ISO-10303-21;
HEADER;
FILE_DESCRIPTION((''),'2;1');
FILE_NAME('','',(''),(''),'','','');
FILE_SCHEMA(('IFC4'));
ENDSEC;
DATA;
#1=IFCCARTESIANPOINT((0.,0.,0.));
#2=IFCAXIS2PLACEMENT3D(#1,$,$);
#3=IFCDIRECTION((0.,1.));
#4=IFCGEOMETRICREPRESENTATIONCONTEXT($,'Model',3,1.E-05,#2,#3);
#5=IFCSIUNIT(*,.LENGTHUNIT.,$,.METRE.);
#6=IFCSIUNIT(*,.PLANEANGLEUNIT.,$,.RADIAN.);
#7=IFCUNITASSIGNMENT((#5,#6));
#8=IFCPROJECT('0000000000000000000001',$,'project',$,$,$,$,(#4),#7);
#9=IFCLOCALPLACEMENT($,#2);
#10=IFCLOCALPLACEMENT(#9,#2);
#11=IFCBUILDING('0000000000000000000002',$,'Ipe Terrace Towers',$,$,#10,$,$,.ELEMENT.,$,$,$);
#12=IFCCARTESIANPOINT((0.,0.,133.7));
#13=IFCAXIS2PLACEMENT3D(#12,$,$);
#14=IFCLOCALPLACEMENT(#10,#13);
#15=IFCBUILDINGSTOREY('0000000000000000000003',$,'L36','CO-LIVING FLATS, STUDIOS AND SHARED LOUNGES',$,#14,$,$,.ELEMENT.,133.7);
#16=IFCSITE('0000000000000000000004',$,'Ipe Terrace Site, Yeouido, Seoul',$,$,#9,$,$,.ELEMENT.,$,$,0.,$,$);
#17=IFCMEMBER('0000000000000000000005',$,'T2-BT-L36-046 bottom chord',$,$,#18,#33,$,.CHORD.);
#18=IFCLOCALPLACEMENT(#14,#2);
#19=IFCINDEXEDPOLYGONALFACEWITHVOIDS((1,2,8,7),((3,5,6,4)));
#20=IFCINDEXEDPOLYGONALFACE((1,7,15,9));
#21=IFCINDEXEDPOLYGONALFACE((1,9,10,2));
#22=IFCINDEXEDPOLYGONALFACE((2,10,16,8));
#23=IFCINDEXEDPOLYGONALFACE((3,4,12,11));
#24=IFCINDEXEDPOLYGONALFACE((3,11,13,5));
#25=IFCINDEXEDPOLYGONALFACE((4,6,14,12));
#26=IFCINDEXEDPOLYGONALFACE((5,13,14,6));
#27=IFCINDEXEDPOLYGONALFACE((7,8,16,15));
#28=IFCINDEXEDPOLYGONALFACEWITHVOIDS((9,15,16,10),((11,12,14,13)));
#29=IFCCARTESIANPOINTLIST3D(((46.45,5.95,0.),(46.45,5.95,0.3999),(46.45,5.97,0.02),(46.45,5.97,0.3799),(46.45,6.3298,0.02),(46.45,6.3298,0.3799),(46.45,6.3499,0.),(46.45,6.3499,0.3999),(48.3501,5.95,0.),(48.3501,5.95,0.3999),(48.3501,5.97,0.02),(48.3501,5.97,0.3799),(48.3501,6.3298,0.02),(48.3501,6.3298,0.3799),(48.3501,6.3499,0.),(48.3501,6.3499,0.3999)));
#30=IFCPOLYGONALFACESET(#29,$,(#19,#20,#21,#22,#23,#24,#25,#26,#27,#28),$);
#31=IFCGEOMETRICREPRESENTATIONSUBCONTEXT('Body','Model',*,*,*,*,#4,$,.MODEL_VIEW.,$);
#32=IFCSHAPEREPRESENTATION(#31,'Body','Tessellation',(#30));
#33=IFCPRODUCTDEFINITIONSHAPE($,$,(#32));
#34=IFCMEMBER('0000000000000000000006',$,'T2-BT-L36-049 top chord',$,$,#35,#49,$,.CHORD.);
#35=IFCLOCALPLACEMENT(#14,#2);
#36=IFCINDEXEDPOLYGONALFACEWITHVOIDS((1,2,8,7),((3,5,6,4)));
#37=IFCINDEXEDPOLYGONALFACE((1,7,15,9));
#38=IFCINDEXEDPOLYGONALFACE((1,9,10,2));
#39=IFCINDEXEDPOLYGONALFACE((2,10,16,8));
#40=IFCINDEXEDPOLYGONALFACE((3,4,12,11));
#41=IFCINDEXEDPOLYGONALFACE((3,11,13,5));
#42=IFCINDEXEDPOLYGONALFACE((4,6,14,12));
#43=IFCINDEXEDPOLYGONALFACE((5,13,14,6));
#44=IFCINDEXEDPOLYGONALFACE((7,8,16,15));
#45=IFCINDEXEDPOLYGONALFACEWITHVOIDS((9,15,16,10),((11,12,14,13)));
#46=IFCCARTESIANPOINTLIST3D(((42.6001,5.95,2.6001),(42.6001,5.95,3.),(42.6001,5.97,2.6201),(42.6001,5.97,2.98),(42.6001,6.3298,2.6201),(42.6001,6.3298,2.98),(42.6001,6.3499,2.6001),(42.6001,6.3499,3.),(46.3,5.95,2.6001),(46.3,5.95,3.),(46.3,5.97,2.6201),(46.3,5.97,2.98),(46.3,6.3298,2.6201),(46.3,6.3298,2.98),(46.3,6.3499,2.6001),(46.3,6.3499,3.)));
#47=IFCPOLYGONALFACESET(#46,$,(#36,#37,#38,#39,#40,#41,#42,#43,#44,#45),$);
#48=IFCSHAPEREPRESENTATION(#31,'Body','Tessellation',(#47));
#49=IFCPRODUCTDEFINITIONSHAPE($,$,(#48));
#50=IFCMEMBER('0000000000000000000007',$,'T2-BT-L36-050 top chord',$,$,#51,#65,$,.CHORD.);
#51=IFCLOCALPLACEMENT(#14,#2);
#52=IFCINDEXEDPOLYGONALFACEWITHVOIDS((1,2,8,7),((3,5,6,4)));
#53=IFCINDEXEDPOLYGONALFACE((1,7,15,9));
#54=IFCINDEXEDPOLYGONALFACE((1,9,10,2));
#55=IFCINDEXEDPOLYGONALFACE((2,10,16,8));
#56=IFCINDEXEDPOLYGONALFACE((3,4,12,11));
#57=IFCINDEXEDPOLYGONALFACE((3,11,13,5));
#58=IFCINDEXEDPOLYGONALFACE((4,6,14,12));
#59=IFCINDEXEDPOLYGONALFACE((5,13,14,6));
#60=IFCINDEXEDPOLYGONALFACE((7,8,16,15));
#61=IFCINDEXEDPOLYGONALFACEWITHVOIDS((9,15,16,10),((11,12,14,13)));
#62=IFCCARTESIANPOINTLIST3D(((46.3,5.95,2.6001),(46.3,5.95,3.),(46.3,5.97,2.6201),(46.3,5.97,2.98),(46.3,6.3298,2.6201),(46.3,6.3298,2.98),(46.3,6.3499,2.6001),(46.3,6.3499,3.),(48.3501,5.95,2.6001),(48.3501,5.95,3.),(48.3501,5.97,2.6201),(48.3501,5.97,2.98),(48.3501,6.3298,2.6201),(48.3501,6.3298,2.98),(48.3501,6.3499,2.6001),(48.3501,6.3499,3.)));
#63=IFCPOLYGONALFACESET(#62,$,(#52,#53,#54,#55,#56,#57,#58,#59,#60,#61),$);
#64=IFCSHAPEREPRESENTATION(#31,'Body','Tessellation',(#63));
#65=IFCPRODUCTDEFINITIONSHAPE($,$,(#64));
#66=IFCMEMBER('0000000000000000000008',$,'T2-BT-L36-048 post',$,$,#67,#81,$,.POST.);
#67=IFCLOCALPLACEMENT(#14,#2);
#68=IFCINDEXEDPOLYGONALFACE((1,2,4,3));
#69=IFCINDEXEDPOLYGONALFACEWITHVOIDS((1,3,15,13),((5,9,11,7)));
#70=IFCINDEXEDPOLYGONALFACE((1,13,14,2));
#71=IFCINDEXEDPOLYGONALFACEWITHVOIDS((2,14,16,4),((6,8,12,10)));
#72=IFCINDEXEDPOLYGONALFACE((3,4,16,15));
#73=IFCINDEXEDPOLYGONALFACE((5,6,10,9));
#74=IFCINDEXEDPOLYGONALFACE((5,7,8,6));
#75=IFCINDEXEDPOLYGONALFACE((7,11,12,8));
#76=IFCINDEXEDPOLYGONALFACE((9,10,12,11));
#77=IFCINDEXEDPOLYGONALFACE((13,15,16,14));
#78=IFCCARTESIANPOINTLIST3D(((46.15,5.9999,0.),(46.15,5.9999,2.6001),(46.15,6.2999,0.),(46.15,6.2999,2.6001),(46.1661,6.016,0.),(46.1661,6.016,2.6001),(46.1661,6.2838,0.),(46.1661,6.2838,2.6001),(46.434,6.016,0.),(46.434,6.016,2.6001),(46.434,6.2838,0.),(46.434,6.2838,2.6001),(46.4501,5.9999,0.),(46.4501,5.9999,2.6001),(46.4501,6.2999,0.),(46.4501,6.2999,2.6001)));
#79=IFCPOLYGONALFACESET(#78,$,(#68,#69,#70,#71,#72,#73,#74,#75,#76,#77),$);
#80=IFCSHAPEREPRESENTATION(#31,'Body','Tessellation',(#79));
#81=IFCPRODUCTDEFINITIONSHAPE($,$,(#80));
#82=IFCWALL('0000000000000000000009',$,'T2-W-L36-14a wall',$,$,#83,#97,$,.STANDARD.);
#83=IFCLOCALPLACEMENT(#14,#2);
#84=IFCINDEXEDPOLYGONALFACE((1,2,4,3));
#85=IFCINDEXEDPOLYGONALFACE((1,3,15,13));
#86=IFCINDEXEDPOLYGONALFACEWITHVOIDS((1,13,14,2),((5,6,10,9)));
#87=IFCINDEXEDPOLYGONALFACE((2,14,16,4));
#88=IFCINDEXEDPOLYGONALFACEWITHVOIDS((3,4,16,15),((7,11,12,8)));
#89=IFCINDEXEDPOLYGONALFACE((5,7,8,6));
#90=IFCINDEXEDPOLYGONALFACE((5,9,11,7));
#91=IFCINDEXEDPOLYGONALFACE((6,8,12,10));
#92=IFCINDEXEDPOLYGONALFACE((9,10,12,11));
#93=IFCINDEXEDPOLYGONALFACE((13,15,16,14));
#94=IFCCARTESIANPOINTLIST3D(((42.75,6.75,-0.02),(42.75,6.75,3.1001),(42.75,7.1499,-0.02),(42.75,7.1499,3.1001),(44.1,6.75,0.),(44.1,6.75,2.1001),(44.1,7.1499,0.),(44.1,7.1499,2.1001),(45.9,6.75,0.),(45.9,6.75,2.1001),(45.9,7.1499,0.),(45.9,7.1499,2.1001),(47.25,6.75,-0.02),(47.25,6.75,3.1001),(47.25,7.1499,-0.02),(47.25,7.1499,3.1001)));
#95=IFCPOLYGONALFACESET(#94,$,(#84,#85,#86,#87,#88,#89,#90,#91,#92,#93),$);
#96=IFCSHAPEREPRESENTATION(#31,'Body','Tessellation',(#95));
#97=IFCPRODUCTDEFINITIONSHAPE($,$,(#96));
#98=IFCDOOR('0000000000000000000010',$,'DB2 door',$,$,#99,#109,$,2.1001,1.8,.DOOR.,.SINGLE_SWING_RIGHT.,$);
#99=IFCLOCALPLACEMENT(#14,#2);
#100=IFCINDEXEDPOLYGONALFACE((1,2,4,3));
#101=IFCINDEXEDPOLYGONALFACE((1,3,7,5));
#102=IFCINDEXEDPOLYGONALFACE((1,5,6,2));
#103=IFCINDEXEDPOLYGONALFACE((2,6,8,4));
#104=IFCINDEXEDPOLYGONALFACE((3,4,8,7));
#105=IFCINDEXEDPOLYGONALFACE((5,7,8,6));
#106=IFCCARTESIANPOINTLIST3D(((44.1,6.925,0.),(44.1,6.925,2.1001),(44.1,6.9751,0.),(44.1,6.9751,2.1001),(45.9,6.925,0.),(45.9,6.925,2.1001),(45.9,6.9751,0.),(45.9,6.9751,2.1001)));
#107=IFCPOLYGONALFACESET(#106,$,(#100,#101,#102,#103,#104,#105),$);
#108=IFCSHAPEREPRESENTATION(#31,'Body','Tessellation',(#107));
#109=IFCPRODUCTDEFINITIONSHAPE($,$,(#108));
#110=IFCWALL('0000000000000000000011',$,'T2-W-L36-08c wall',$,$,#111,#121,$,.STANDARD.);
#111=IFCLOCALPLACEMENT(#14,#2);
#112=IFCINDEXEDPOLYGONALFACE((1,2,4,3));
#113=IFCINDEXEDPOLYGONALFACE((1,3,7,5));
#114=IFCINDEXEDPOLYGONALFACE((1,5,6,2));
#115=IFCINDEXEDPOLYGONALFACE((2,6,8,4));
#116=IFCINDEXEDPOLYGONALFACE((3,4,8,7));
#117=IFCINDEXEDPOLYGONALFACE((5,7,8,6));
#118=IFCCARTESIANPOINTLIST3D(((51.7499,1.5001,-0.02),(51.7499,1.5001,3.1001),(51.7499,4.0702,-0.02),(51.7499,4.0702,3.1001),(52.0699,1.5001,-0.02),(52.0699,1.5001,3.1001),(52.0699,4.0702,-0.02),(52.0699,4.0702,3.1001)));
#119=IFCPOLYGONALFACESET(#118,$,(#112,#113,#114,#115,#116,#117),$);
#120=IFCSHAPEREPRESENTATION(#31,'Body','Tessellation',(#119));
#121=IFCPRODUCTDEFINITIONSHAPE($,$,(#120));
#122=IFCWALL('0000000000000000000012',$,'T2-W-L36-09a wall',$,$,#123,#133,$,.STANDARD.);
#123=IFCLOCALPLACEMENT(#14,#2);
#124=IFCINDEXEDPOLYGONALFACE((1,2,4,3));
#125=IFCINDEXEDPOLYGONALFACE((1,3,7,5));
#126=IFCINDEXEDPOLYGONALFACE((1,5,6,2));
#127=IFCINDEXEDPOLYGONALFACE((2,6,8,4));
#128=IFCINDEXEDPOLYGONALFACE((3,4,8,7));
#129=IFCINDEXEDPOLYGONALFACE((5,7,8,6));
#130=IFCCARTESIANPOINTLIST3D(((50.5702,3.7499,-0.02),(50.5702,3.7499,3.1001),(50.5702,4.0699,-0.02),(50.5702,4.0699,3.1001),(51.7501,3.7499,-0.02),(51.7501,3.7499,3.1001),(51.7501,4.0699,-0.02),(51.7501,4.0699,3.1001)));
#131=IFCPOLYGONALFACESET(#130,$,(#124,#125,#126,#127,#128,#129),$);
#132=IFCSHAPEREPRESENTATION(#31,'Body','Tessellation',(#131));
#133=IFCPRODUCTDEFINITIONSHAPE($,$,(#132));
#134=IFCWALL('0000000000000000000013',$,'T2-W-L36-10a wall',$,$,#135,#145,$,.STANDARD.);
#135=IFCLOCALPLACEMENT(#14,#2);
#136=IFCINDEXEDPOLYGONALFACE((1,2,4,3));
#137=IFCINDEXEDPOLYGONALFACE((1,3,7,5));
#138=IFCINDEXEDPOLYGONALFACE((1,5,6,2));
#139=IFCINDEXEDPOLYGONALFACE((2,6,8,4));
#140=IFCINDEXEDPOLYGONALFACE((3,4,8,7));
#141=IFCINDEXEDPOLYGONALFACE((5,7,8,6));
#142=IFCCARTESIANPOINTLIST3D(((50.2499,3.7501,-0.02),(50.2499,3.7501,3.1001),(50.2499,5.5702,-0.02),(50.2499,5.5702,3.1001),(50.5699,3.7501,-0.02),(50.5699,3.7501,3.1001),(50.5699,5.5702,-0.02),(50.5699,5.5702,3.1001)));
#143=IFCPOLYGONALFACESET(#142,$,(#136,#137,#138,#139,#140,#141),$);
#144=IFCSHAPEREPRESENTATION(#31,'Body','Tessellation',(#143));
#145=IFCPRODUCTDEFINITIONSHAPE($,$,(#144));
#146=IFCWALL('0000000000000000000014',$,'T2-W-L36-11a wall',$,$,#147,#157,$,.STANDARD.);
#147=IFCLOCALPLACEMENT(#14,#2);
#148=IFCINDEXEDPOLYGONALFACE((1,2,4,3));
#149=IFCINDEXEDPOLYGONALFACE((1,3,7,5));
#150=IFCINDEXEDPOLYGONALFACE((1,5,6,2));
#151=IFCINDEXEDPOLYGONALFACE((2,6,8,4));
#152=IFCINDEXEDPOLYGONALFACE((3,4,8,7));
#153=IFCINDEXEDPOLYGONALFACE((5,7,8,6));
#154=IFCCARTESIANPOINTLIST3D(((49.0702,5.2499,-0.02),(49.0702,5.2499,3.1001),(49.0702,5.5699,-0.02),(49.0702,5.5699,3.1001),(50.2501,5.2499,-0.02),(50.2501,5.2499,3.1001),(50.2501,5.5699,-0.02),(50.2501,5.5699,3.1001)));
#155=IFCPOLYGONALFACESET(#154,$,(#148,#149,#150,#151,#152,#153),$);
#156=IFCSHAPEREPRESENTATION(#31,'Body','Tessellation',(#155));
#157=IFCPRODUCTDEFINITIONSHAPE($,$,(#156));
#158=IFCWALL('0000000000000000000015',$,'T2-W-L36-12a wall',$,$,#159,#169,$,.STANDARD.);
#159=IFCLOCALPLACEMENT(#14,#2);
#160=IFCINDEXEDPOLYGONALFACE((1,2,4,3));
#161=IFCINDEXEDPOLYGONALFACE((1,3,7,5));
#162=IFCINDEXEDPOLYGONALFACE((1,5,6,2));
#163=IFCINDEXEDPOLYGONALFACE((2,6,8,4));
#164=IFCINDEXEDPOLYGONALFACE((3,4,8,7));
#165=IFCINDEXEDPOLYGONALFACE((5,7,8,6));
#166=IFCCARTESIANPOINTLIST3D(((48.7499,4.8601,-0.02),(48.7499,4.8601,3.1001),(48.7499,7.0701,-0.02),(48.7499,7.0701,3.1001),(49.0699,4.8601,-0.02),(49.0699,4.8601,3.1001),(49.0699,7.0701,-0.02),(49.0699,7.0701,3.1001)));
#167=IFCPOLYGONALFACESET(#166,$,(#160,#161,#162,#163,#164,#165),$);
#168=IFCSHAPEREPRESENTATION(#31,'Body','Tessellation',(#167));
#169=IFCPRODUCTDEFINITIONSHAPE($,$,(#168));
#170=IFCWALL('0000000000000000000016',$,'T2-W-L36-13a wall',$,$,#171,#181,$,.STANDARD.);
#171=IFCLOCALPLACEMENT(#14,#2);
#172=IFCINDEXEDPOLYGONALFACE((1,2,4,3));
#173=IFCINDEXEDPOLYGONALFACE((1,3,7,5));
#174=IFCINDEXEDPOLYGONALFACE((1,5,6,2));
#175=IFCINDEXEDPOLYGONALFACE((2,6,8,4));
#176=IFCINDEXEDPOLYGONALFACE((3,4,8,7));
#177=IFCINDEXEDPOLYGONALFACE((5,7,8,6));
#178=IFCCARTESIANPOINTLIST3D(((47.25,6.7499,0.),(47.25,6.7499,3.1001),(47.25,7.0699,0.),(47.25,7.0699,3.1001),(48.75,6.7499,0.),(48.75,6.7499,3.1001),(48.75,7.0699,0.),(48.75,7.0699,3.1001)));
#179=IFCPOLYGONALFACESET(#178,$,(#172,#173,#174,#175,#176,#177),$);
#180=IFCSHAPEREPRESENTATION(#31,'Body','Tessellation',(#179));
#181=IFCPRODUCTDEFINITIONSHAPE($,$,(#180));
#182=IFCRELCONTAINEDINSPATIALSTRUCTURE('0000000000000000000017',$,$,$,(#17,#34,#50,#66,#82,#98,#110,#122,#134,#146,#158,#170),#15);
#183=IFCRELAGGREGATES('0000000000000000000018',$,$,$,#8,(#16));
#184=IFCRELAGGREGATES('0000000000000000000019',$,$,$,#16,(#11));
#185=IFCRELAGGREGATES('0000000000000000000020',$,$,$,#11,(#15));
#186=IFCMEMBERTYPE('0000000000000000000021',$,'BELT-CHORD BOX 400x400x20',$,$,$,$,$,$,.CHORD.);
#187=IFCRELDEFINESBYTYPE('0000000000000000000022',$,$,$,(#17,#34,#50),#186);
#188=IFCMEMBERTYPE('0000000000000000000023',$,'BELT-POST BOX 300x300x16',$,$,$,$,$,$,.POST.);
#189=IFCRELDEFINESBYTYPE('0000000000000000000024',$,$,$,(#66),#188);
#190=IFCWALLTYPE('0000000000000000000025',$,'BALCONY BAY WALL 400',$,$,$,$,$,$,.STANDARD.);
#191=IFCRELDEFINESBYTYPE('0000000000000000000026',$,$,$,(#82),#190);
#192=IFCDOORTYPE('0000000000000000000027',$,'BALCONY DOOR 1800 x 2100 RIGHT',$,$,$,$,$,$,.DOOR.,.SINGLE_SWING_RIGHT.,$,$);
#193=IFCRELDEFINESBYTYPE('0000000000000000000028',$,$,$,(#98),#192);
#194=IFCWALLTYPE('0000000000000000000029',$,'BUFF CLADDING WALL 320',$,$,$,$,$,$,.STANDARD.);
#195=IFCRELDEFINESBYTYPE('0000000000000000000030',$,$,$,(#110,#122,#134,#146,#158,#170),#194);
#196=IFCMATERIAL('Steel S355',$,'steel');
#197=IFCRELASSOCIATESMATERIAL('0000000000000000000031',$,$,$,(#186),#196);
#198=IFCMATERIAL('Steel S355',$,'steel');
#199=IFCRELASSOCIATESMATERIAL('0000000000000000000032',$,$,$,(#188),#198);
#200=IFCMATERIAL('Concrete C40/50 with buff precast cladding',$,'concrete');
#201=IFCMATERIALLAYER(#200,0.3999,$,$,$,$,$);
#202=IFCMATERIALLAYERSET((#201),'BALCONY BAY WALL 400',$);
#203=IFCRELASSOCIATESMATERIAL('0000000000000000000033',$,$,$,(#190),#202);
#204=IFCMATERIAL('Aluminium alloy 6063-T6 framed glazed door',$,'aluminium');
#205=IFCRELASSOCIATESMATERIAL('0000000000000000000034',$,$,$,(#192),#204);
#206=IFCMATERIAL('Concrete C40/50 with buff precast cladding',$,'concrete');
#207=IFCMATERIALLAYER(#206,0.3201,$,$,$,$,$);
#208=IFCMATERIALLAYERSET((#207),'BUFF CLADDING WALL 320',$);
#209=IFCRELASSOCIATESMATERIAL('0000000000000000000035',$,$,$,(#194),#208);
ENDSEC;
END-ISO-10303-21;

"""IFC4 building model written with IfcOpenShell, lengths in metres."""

from ifc_helpers import new_model, si_unit, direction, frame, frame_2d, origin, origin_2d, place, context, subcontext, project, spatial, rectangle, hollow_rectangle, extrude, material, layer, layer_set, material_profile, profile_set, type_object, element, fill, save


model = new_model("IFC4")

# Units and contexts
model_context = context("Model", 3, precision=1e-05, world=origin(), true_north=direction((0.0, 1.0)))
body_context = subcontext(model_context, "Body", "Model", "MODEL_VIEW")
ifc_project = project(units=[si_unit("LENGTHUNIT", "METRE"), si_unit("PLANEANGLEUNIT", "RADIAN")], contexts=[model_context])

# Site, building, storey
site_placement = place(None, origin())
site = spatial("IfcSite", under=ifc_project, at=site_placement, Name="Ipe Terrace Site, Yeouido, Seoul", CompositionType="ELEMENT", RefElevation=0.0)
building_placement = place(site_placement, origin())
building = spatial("IfcBuilding", under=site, at=building_placement, Name="Ipe Terrace Towers", CompositionType="ELEMENT")
storey_placement = place(building_placement, frame((0.0, 0.0, 133.7)))
storey = spatial("IfcBuildingStorey", under=building, at=storey_placement, Name="L36", Description="CO-LIVING FLATS, STUDIOS AND SHARED LOUNGES", CompositionType="ELEMENT", Elevation=133.7)

# Members
ifc_material_1 = material(Name="Steel S355", Category="steel")
ifc_material_profile_1 = material_profile(ifc_material_1, hollow_rectangle(XDim=0.3999, YDim=0.3999, WallThickness=0.02, at=origin_2d()), Name="BELT-CHORD BOX 400x400x20")
ifc_profile_set_1 = profile_set([ifc_material_profile_1], Name="Steel S355")
member_type_1 = type_object("IfcMemberType", Name="BELT-CHORD BOX 400x400x20", PredefinedType="CHORD", material=ifc_profile_set_1)
member_1_placement = place(storey_placement, frame((46.45, 6.1499, 0.2), z_axis=(1.0, 0.0, 0.0), x_axis=(0.0, 1.0, 0.0)))
element("IfcMember", 1, at=member_1_placement, inside=storey, type_object=member_type_1, Name="T2-BT-L36-046 bottom chord", PredefinedType="CHORD", context=body_context, shape_type="SweptSolid", body=[
    extrude(hollow_rectangle(XDim=0.3999, YDim=0.3999, WallThickness=0.02, at=origin_2d()), origin(), (0.0, 0.0, 1.0), 1.9001),
])
member_2_placement = place(storey_placement, frame((42.6001, 6.1499, 2.8), z_axis=(1.0, 0.0, 0.0), x_axis=(0.0, 1.0, 0.0)))
element("IfcMember", 2, at=member_2_placement, inside=storey, type_object=member_type_1, Name="T2-BT-L36-049 top chord", PredefinedType="CHORD", context=body_context, shape_type="SweptSolid", body=[
    extrude(hollow_rectangle(XDim=0.3999, YDim=0.3999, WallThickness=0.02, at=origin_2d()), origin(), (0.0, 0.0, 1.0), 3.7),
])
member_3_placement = place(storey_placement, frame((46.3, 6.1499, 2.8), z_axis=(1.0, 0.0, 0.0), x_axis=(0.0, 1.0, 0.0)))
element("IfcMember", 3, at=member_3_placement, inside=storey, type_object=member_type_1, Name="T2-BT-L36-050 top chord", PredefinedType="CHORD", context=body_context, shape_type="SweptSolid", body=[
    extrude(hollow_rectangle(XDim=0.3999, YDim=0.3999, WallThickness=0.02, at=origin_2d()), origin(), (0.0, 0.0, 1.0), 2.05),
])
ifc_material_2 = material(Name="Steel S355", Category="steel")
ifc_material_profile_2 = material_profile(ifc_material_2, hollow_rectangle(XDim=0.3, YDim=0.3, WallThickness=0.0161, at=origin_2d()), Name="BELT-POST BOX 300x300x16")
ifc_profile_set_2 = profile_set([ifc_material_profile_2], Name="Steel S355")
member_type_2 = type_object("IfcMemberType", Name="BELT-POST BOX 300x300x16", PredefinedType="POST", material=ifc_profile_set_2)
member_4_placement = place(storey_placement, frame((46.3, 6.1499, 0.0), z_axis=(0.0, 0.0, 1.0), x_axis=(1.0, 0.0, 0.0)))
element("IfcMember", 4, at=member_4_placement, inside=storey, type_object=member_type_2, Name="T2-BT-L36-048 post", PredefinedType="POST", context=body_context, shape_type="SweptSolid", body=[
    extrude(hollow_rectangle(XDim=0.3, YDim=0.3, WallThickness=0.0161, at=origin_2d()), origin(), (0.0, 0.0, 1.0), 2.6001),
])

# Wall, opening, door
ifc_material_3 = material(Name="Concrete C40/50 with buff precast cladding", Category="concrete")
ifc_layer_1 = layer(ifc_material_3, 0.3999)
ifc_layer_set_1 = layer_set([ifc_layer_1], Name="BALCONY BAY WALL 400")
wall_type_1 = type_object("IfcWallType", Name="BALCONY BAY WALL 400", PredefinedType="STANDARD", material=ifc_layer_set_1)
wall_1_placement = place(storey_placement, frame((47.25, 6.95, -0.02), z_axis=(0.0, 0.0, 1.0), x_axis=(-1.0, 0.0, 0.0)))
wall_1 = element("IfcWall", 5, at=wall_1_placement, inside=storey, type_object=wall_type_1, Name="T2-W-L36-14a wall", PredefinedType="STANDARD", context=body_context, shape_type="SweptSolid", body=[
    extrude(rectangle(XDim=4.5, YDim=0.3999, at=frame_2d((2.25, 0.0))), origin(), (0.0, 0.0, 1.0), 3.1201),
])
opening_1_placement = place(wall_1_placement, frame((1.3501, 0.0, 0.02)))
opening_1 = element("IfcOpeningElement", 6, at=opening_1_placement, cuts=wall_1, PredefinedType="OPENING", context=body_context, shape_type="SweptSolid", body=[
    extrude(rectangle(XDim=1.8, YDim=2.1001, at=frame_2d((0.8999, 1.05))), frame((0.0, 0.21, 0.0), z_axis=(0.0, -1.0, 0.0), x_axis=(1.0, 0.0, 0.0)), (0.0, 0.0, 1.0), 0.4199),
])
ifc_material_4 = material(Name="Aluminium alloy 6063-T6 framed glazed door", Category="aluminium")
door_type_1 = type_object("IfcDoorType", Name="BALCONY DOOR 1800 x 2100 RIGHT", OperationType="SINGLE_SWING_RIGHT", PredefinedType="DOOR", material=ifc_material_4)
door_1_placement = place(opening_1_placement, origin())
door_1 = element("IfcDoor", 7, at=door_1_placement, inside=storey, type_object=door_type_1, Name="DB2 door", OperationType="SINGLE_SWING_RIGHT", OverallHeight=2.1001, OverallWidth=1.8, PredefinedType="DOOR", context=body_context, shape_type="SweptSolid", body=[
    extrude(rectangle(XDim=1.8, YDim=2.1001, at=frame_2d((0.8999, 1.05))), frame((0.0, 0.0249, 0.0), z_axis=(0.0, -1.0, 0.0), x_axis=(1.0, 0.0, 0.0)), (0.0, 0.0, 1.0), 0.05),
])
fill(opening_1, door_1)

# Walls
ifc_material_5 = material(Name="Concrete C40/50 with buff precast cladding", Category="concrete")
ifc_layer_2 = layer(ifc_material_5, 0.3201)
ifc_layer_set_2 = layer_set([ifc_layer_2], Name="BUFF CLADDING WALL 320")
wall_type_2 = type_object("IfcWallType", Name="BUFF CLADDING WALL 320", PredefinedType="STANDARD", material=ifc_layer_set_2)
wall_2_placement = place(storey_placement, frame((51.9099, 1.5, -0.02), z_axis=(0.0, 0.0, 1.0), x_axis=(0.0, 1.0, 0.0)))
element("IfcWall", 8, at=wall_2_placement, inside=storey, type_object=wall_type_2, Name="T2-W-L36-08c wall", PredefinedType="STANDARD", context=body_context, shape_type="SweptSolid", body=[
    extrude(rectangle(XDim=2.5701, YDim=0.3201, at=frame_2d((1.2852, 0.0))), origin(), (0.0, 0.0, 1.0), 3.1201),
])
wall_3_placement = place(storey_placement, frame((51.75, 3.9099, -0.02), z_axis=(0.0, 0.0, 1.0), x_axis=(-1.0, 0.0, 0.0)))
element("IfcWall", 9, at=wall_3_placement, inside=storey, type_object=wall_type_2, Name="T2-W-L36-09a wall", PredefinedType="STANDARD", context=body_context, shape_type="SweptSolid", body=[
    extrude(rectangle(XDim=1.1799, YDim=0.3201, at=frame_2d((0.5898, 0.0))), origin(), (0.0, 0.0, 1.0), 3.1201),
])
wall_4_placement = place(storey_placement, frame((50.4099, 3.75, -0.02), z_axis=(0.0, 0.0, 1.0), x_axis=(0.0, 1.0, 0.0)))
element("IfcWall", 10, at=wall_4_placement, inside=storey, type_object=wall_type_2, Name="T2-W-L36-10a wall", PredefinedType="STANDARD", context=body_context, shape_type="SweptSolid", body=[
    extrude(rectangle(XDim=1.8201, YDim=0.3201, at=frame_2d((0.9102, 0.0))), origin(), (0.0, 0.0, 1.0), 3.1201),
])
wall_5_placement = place(storey_placement, frame((50.25, 5.4099, -0.02), z_axis=(0.0, 0.0, 1.0), x_axis=(-1.0, 0.0, 0.0)))
element("IfcWall", 11, at=wall_5_placement, inside=storey, type_object=wall_type_2, Name="T2-W-L36-11a wall", PredefinedType="STANDARD", context=body_context, shape_type="SweptSolid", body=[
    extrude(rectangle(XDim=1.1799, YDim=0.3201, at=frame_2d((0.5898, 0.0))), origin(), (0.0, 0.0, 1.0), 3.1201),
])
wall_6_placement = place(storey_placement, frame((48.9099, 4.8601, -0.02), z_axis=(0.0, 0.0, 1.0), x_axis=(0.0, 1.0, 0.0)))
element("IfcWall", 12, at=wall_6_placement, inside=storey, type_object=wall_type_2, Name="T2-W-L36-12a wall", PredefinedType="STANDARD", context=body_context, shape_type="SweptSolid", body=[
    extrude(rectangle(XDim=2.21, YDim=0.3201, at=frame_2d((1.105, 0.0))), origin(), (0.0, 0.0, 1.0), 3.1201),
])
wall_7_placement = place(storey_placement, frame((48.75, 6.9099, 0.0), z_axis=(0.0, 0.0, 1.0), x_axis=(-1.0, 0.0, 0.0)))
element("IfcWall", 13, at=wall_7_placement, inside=storey, type_object=wall_type_2, Name="T2-W-L36-13a wall", PredefinedType="STANDARD", context=body_context, shape_type="SweptSolid", body=[
    extrude(rectangle(XDim=1.5, YDim=0.3201, at=frame_2d((0.75, 0.0))), origin(), (0.0, 0.0, 1.0), 3.1001),
])

save(model, "model.ifc")
